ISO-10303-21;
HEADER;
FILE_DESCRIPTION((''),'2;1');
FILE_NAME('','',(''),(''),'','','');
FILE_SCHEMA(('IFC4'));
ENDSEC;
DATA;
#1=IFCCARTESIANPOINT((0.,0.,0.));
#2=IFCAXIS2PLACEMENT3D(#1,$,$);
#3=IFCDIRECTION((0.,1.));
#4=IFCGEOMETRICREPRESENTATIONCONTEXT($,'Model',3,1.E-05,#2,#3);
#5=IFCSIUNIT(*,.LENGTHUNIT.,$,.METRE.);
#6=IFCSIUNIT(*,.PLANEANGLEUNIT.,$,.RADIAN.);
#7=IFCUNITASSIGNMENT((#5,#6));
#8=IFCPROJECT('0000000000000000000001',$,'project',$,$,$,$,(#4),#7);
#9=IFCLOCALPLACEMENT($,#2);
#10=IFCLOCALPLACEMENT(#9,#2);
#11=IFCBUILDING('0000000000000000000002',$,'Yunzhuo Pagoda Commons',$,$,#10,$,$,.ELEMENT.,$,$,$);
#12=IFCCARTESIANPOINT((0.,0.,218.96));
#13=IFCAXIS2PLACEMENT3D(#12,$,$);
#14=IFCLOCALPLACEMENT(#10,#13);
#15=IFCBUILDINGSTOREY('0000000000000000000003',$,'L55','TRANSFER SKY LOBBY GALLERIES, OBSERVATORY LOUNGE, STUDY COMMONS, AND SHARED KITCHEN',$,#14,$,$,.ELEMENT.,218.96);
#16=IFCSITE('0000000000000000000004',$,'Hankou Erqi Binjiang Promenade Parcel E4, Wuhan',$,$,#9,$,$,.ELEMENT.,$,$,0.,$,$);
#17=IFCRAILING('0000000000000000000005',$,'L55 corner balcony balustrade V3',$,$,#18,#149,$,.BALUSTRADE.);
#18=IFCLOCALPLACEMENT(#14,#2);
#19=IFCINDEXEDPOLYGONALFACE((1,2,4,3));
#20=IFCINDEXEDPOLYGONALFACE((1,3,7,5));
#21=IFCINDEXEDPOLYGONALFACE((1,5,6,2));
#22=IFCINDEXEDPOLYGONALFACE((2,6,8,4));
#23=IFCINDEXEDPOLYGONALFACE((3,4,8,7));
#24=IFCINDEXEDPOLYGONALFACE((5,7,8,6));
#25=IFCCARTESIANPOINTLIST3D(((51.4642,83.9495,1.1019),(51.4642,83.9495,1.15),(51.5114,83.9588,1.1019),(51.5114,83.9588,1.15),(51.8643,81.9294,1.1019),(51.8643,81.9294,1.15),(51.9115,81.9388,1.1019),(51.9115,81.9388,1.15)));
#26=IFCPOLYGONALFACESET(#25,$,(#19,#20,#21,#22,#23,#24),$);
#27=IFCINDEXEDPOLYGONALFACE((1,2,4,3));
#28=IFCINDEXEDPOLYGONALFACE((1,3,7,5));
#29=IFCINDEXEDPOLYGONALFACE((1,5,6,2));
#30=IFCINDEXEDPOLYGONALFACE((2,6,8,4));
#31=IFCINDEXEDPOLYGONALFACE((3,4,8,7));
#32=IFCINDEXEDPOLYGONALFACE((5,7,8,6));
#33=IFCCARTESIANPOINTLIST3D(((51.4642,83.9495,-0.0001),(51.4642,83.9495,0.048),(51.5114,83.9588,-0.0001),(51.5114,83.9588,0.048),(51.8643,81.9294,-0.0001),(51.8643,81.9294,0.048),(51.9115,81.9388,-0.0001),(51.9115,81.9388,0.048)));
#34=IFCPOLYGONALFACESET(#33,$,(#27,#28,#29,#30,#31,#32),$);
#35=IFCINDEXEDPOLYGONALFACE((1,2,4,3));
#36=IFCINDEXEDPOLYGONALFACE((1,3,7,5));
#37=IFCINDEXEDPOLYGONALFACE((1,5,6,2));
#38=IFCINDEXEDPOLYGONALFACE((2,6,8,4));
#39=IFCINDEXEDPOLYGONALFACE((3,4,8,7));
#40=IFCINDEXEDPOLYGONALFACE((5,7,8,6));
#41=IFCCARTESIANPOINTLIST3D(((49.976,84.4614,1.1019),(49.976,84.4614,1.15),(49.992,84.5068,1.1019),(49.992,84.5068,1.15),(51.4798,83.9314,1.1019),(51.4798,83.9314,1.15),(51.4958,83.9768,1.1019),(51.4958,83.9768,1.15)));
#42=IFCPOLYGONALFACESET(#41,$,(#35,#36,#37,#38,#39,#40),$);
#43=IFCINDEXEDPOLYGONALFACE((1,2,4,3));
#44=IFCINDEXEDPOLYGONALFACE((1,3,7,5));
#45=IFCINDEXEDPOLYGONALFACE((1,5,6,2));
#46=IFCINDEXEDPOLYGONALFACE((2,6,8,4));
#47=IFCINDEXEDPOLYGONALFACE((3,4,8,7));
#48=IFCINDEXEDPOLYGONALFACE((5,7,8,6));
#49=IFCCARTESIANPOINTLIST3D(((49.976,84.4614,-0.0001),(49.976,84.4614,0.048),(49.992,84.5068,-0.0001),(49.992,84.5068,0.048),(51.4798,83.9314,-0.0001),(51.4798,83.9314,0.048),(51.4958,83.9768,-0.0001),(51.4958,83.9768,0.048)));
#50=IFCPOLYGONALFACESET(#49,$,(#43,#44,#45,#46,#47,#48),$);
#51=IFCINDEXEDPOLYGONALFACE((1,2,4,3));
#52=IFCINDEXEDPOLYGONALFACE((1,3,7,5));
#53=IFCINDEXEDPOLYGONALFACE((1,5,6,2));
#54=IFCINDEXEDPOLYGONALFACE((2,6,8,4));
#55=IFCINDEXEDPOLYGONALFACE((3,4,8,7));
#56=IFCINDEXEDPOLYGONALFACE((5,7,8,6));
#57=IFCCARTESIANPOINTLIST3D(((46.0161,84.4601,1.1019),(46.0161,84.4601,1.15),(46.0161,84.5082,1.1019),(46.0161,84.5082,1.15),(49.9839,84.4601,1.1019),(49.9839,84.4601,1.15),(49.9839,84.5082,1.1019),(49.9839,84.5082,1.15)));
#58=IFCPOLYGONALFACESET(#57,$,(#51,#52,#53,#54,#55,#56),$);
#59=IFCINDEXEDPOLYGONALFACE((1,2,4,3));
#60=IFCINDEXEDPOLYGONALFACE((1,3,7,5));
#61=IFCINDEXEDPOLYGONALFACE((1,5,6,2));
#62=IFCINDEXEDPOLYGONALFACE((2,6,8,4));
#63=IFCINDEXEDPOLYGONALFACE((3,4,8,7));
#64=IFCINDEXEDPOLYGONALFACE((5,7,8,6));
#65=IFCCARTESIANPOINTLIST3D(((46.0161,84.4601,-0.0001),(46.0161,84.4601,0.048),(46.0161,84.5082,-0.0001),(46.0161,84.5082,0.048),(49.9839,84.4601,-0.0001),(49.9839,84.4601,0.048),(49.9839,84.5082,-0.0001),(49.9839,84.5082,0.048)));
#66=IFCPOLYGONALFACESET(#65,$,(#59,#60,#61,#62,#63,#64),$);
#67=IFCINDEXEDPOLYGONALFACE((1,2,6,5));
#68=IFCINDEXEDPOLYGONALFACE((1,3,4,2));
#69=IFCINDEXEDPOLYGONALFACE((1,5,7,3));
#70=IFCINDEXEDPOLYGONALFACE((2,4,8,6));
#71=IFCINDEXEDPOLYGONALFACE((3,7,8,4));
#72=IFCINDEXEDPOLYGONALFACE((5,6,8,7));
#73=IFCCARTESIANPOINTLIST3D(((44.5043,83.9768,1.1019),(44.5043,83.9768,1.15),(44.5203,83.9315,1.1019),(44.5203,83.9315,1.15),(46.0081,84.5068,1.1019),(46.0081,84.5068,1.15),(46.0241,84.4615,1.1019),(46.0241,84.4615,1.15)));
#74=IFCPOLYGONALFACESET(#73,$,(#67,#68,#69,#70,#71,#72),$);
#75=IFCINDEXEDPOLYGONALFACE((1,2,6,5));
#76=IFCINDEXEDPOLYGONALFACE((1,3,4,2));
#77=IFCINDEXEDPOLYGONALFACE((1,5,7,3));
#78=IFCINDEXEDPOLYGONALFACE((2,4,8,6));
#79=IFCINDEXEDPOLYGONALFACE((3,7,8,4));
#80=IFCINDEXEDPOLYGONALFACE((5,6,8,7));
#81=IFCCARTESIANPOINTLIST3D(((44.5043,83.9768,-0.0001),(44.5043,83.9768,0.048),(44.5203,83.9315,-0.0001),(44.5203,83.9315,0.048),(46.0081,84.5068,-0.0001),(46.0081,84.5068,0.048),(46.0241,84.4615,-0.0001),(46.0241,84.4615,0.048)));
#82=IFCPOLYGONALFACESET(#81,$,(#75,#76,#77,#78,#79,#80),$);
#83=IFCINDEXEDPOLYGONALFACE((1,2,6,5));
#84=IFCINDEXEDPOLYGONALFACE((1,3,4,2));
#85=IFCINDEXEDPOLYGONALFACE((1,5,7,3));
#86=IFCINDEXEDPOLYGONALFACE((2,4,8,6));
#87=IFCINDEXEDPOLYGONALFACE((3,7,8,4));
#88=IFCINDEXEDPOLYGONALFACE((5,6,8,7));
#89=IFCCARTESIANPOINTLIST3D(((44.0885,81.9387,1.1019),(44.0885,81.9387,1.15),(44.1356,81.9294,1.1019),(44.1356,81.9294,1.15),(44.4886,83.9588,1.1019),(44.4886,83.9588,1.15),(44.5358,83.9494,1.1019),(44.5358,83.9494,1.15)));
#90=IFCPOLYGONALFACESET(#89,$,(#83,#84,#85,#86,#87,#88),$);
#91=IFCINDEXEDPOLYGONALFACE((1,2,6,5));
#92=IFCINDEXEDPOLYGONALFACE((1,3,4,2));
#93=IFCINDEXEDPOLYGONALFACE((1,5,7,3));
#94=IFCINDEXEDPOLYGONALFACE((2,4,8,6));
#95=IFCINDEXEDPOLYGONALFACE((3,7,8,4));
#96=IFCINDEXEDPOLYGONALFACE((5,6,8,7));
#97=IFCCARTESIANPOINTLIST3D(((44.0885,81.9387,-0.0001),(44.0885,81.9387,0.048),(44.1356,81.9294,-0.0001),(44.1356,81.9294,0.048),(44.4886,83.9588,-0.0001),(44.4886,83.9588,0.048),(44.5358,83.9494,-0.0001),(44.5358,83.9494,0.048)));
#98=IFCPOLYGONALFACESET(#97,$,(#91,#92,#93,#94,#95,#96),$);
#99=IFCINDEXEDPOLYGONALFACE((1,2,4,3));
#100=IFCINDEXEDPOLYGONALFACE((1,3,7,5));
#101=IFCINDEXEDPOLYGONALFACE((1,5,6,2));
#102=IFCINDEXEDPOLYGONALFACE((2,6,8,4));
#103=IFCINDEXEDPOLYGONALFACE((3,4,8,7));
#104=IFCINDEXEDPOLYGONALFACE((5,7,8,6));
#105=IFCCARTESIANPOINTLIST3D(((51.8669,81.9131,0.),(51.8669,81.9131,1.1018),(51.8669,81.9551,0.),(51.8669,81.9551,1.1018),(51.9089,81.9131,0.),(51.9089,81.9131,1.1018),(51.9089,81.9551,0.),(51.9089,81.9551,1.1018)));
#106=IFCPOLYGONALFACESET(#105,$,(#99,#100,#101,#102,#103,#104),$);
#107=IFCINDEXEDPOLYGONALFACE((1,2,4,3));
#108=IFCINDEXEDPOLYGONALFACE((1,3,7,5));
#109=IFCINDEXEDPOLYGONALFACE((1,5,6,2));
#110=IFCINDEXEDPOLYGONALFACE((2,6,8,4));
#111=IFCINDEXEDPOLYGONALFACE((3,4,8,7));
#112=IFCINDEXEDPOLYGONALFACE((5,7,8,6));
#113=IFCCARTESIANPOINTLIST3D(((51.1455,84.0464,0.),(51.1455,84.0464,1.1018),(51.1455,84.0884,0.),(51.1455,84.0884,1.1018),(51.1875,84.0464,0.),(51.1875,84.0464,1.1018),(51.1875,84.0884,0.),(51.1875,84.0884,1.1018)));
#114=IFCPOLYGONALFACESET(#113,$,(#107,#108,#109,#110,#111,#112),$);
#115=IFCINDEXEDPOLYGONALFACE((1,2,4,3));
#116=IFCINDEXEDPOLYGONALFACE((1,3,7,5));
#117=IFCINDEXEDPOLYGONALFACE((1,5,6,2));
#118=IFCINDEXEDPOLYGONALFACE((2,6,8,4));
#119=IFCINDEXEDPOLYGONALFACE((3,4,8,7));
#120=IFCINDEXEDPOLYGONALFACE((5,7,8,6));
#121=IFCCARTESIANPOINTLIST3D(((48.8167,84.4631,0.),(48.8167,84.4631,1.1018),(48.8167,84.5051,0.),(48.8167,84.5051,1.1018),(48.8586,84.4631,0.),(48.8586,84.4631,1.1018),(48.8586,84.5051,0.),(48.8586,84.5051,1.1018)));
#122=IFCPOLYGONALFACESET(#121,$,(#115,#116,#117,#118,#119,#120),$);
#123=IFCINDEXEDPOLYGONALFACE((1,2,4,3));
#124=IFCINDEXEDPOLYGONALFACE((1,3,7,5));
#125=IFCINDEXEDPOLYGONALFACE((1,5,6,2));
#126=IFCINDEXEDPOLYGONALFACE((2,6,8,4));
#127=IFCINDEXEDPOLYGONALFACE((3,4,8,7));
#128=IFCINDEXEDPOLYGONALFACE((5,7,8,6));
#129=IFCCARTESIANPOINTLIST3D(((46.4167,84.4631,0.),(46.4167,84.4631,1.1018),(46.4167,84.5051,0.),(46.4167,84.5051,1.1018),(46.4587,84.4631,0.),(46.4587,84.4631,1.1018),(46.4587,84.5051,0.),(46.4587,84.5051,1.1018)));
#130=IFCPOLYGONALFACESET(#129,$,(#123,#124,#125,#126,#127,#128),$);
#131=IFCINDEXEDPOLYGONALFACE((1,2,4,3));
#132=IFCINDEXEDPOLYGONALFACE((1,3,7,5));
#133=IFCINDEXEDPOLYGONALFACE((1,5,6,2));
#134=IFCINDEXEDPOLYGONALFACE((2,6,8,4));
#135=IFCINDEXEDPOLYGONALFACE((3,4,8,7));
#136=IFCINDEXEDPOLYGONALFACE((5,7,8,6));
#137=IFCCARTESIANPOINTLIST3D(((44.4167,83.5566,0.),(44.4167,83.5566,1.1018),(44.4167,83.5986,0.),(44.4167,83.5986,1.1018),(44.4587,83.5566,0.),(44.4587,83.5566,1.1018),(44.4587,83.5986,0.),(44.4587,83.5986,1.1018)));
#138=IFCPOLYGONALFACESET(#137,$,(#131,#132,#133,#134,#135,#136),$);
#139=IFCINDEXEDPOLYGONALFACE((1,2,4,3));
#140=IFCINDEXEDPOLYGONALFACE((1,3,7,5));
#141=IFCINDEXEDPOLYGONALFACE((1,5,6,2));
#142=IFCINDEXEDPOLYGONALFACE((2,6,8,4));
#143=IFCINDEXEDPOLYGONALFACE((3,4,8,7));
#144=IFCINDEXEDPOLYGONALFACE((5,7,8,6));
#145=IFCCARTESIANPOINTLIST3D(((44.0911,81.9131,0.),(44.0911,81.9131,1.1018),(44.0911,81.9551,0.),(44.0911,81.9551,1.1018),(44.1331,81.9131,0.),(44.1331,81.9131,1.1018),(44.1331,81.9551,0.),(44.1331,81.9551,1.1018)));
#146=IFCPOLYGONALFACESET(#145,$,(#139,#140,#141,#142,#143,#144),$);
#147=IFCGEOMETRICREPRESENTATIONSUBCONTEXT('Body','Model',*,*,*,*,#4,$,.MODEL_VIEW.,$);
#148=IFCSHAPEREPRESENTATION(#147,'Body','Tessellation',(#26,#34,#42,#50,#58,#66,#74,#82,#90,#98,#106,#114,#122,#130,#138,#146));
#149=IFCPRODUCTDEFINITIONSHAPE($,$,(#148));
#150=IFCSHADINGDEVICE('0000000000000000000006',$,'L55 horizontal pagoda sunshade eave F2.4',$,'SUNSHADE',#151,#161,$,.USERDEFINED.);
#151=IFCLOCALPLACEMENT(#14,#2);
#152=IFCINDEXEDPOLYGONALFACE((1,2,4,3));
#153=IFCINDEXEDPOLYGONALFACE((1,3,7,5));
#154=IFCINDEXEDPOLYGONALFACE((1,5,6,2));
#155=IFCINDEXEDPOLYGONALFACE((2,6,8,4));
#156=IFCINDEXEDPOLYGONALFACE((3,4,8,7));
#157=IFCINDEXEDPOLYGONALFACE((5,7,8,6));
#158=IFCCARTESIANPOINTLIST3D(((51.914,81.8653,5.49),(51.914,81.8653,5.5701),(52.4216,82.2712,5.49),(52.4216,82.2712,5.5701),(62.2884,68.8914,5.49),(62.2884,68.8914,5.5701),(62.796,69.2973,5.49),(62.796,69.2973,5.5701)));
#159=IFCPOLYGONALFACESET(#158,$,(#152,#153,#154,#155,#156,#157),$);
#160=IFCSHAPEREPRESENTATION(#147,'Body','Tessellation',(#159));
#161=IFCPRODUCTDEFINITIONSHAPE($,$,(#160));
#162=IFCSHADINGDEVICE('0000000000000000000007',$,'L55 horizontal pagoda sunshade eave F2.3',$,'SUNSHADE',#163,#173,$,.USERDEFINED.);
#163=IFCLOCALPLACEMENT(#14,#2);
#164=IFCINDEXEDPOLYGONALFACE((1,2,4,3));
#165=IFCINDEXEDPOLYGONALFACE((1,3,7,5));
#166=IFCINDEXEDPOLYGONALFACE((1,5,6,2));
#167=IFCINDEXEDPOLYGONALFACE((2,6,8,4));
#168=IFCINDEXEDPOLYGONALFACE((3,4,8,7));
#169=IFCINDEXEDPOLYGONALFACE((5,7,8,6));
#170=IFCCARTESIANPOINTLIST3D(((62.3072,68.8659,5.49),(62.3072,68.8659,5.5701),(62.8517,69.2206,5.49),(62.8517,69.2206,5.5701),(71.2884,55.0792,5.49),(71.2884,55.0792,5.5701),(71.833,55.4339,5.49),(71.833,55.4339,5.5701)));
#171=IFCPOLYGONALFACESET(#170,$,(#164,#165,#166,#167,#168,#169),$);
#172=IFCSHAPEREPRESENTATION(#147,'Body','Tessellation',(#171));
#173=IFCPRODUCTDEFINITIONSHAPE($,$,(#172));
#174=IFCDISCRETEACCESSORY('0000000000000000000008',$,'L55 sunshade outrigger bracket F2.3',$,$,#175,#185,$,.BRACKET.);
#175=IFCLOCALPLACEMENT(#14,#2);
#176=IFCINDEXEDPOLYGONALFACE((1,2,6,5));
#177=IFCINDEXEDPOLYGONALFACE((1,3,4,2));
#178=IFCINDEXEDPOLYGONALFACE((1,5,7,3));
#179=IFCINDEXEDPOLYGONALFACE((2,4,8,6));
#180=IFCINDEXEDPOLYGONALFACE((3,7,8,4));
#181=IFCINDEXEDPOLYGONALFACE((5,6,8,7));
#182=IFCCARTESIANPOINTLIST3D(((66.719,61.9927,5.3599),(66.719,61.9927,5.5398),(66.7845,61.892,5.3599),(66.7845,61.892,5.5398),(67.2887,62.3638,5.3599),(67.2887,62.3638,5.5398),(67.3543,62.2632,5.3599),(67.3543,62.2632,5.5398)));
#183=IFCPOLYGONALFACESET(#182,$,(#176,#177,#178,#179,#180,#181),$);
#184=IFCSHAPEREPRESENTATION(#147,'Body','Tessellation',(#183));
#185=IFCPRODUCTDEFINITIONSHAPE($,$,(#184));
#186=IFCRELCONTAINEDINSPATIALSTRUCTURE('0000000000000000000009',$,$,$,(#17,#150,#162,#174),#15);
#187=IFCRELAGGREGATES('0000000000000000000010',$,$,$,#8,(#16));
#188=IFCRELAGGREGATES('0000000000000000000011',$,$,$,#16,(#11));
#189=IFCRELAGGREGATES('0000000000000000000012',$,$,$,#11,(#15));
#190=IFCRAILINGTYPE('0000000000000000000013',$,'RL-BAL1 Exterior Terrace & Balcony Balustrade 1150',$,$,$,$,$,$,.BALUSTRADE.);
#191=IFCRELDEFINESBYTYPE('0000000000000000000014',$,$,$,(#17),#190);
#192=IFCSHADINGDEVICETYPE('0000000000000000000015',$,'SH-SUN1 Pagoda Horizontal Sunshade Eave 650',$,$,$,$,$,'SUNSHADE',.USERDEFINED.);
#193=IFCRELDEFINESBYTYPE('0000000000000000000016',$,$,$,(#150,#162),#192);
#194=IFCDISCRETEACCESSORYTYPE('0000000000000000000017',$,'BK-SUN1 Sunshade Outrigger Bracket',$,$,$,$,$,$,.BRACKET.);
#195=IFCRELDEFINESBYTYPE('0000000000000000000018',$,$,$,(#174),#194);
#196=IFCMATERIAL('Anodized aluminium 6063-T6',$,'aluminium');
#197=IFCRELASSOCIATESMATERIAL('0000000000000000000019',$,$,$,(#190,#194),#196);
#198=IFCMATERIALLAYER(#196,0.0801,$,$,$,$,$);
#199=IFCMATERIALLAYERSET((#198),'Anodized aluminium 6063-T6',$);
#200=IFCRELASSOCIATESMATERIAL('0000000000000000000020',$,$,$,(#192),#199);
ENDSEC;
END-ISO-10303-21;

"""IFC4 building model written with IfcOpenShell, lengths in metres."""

from ifc_helpers import new_model, si_unit, direction, frame, origin, origin_2d, place, context, subcontext, project, spatial, rectangle, extrude, source, transform, mapped, material, layer, layer_set, type_object, element, save


model = new_model("IFC4")

# Units and contexts
model_context = context("Model", 3, precision=1e-05, world=origin(), true_north=direction((0.0, 1.0)))
body_context = subcontext(model_context, "Body", "Model", "MODEL_VIEW")
ifc_project = project(units=[si_unit("LENGTHUNIT", "METRE"), si_unit("PLANEANGLEUNIT", "RADIAN")], contexts=[model_context])

# Site, building, storey
site_placement = place(None, origin())
site = spatial("IfcSite", under=ifc_project, at=site_placement, Name="Hankou Erqi Binjiang Promenade Parcel E4, Wuhan", CompositionType="ELEMENT", RefElevation=0.0)
building_placement = place(site_placement, origin())
building = spatial("IfcBuilding", under=site, at=building_placement, Name="Yunzhuo Pagoda Commons", CompositionType="ELEMENT")
storey_placement = place(building_placement, frame((0.0, 0.0, 218.96)))
storey = spatial("IfcBuildingStorey", under=building, at=storey_placement, Name="L55", Description="TRANSFER SKY LOBBY GALLERIES, OBSERVATORY LOUNGE, STUDY COMMONS, AND SHARED KITCHEN", CompositionType="ELEMENT", Elevation=218.96)

# Shared definitions
ifc_material_1 = material(Name="Anodized aluminium 6063-T6", Category="aluminium")

# Railing
railing_type_1 = type_object("IfcRailingType", Name="RL-BAL1 Exterior Terrace & Balcony Balustrade 1150", PredefinedType="BALUSTRADE", material=ifc_material_1)
railing_1_placement = place(storey_placement, frame((51.8879, 81.9341, 0.0)))
element("IfcRailing", 1, at=railing_1_placement, inside=storey, type_object=railing_type_1, Name="L55 corner balcony balustrade V3", PredefinedType="BALUSTRADE", context=body_context, shape_type="SweptSolid", body=[
    extrude(rectangle(XDim=0.0481, YDim=0.0481, at=origin_2d()), frame((0.0, 0.0, 1.126), z_axis=(-0.194315, 0.980939, 0.0), x_axis=(-0.980939, -0.194315, 0.0)), (0.0, 0.0, 1.0), 2.0593),
    extrude(rectangle(XDim=0.0481, YDim=0.0481, at=origin_2d()), frame((0.0, 0.0, 0.0239), z_axis=(-0.194315, 0.980939, 0.0), x_axis=(-0.980939, -0.194315, 0.0)), (0.0, 0.0, 1.0), 2.0593),
    extrude(rectangle(XDim=0.0481, YDim=0.0481, at=origin_2d()), frame((-0.4001, 2.02, 1.126), z_axis=(-0.94314, 0.332396, 0.0), x_axis=(-0.332396, -0.94314, 0.0)), (0.0, 0.0, 1.0), 1.5945),
    extrude(rectangle(XDim=0.0481, YDim=0.0481, at=origin_2d()), frame((-0.4001, 2.02, 0.0239), z_axis=(-0.94314, 0.332396, 0.0), x_axis=(-0.332396, -0.94314, 0.0)), (0.0, 0.0, 1.0), 1.5945),
    extrude(rectangle(XDim=0.0481, YDim=0.0481, at=origin_2d()), frame((-1.9041, 2.55, 1.126), z_axis=(-1.0, 0.0, 0.0), x_axis=(0.0, -1.0, 0.0)), (0.0, 0.0, 1.0), 3.9678),
    extrude(rectangle(XDim=0.0481, YDim=0.0481, at=origin_2d()), frame((-1.9041, 2.55, 0.0239), z_axis=(-1.0, 0.0, 0.0), x_axis=(0.0, -1.0, 0.0)), (0.0, 0.0, 1.0), 3.9678),
    extrude(rectangle(XDim=0.0481, YDim=0.0481, at=origin_2d()), frame((-5.8718, 2.55, 1.126), z_axis=(-0.94314, -0.332396, 0.0), x_axis=(0.332396, -0.94314, 0.0)), (0.0, 0.0, 1.0), 1.5945),
    extrude(rectangle(XDim=0.0481, YDim=0.0481, at=origin_2d()), frame((-5.8718, 2.55, 0.0239), z_axis=(-0.94314, -0.332396, 0.0), x_axis=(0.332396, -0.94314, 0.0)), (0.0, 0.0, 1.0), 1.5945),
    extrude(rectangle(XDim=0.0481, YDim=0.0481, at=origin_2d()), frame((-7.3757, 2.02, 1.126), z_axis=(-0.194315, -0.980939, 0.0), x_axis=(0.980939, -0.194315, 0.0)), (0.0, 0.0, 1.0), 2.0593),
    extrude(rectangle(XDim=0.0481, YDim=0.0481, at=origin_2d()), frame((-7.3757, 2.02, 0.0239), z_axis=(-0.194315, -0.980939, 0.0), x_axis=(0.980939, -0.194315, 0.0)), (0.0, 0.0, 1.0), 2.0593),
    extrude(rectangle(XDim=0.042, YDim=0.042, at=origin_2d()), origin(), (0.0, 0.0, 1.0), 1.1018),
    extrude(rectangle(XDim=0.042, YDim=0.042, at=origin_2d()), frame((-0.7214, 2.1333, 0.0)), (0.0, 0.0, 1.0), 1.1018),
    extrude(rectangle(XDim=0.042, YDim=0.042, at=origin_2d()), frame((-3.0503, 2.55, 0.0)), (0.0, 0.0, 1.0), 1.1018),
    extrude(rectangle(XDim=0.042, YDim=0.042, at=origin_2d()), frame((-5.4502, 2.55, 0.0)), (0.0, 0.0, 1.0), 1.1018),
    extrude(rectangle(XDim=0.042, YDim=0.042, at=origin_2d()), frame((-7.4502, 1.6436, 0.0)), (0.0, 0.0, 1.0), 1.1018),
    extrude(rectangle(XDim=0.042, YDim=0.042, at=origin_2d()), frame((-7.7759, 0.0, 0.0)), (0.0, 0.0, 1.0), 1.1018),
])

# Shading devices
ifc_layer_1 = layer(ifc_material_1, 0.0801)
ifc_layer_set_1 = layer_set([ifc_layer_1], Name="Anodized aluminium 6063-T6")
shading_device_type = type_object("IfcShadingDeviceType", Name="SH-SUN1 Pagoda Horizontal Sunshade Eave 650", ElementType="SUNSHADE", PredefinedType="USERDEFINED", material=ifc_layer_set_1)
shared_shape_1 = source(origin(), body_context, "Body", "SweptSolid", [
    extrude(rectangle(XDim=16.6118, YDim=0.6499, at=origin_2d()), origin(), (0.0, 0.0, 1.0), 0.0801),
])
shading_device_1_placement = place(storey_placement, frame((57.355, 75.5813, 5.49), z_axis=(0.0, 0.0, 1.0), x_axis=(-0.62452, 0.781008, 0.0)))
element("IfcShadingDevice", 2, at=shading_device_1_placement, inside=storey, type_object=shading_device_type, Name="L55 horizontal pagoda sunshade eave F2.4", ObjectType="SUNSHADE", PredefinedType="USERDEFINED", context=body_context, shape_type="MappedRepresentation", body=[
    mapped(shared_shape_1, transform((0.0, 0.0, 0.0), scale=1.0)),
])
shared_shape_2 = source(origin(), body_context, "Body", "SweptSolid", [
    extrude(rectangle(XDim=16.4541, YDim=0.6499, at=origin_2d()), origin(), (0.0, 0.0, 1.0), 0.0801),
])
shading_device_2_placement = place(storey_placement, frame((67.0701, 62.1499, 5.49), z_axis=(0.0, 0.0, 1.0), x_axis=(-0.545839, 0.83789, 0.0)))
element("IfcShadingDevice", 3, at=shading_device_2_placement, inside=storey, type_object=shading_device_type, Name="L55 horizontal pagoda sunshade eave F2.3", ObjectType="SUNSHADE", PredefinedType="USERDEFINED", context=body_context, shape_type="MappedRepresentation", body=[
    mapped(shared_shape_2, transform((0.0, 0.0, 0.0), scale=1.0)),
])

# Discrete accessory
discrete_accessory_type = type_object("IfcDiscreteAccessoryType", Name="BK-SUN1 Sunshade Outrigger Bracket", PredefinedType="BRACKET", material=ifc_material_1)
shared_shape_3 = source(origin(), body_context, "Body", "SweptSolid", [
    extrude(rectangle(XDim=0.1201, YDim=0.6799, at=origin_2d()), origin(), (0.0, 0.0, 1.0), 0.1799),
])
discrete_accessory_placement = place(storey_placement, frame((67.0366, 62.1279, 5.3599), z_axis=(0.0, 0.0, 1.0), x_axis=(-0.545839, 0.83789, 0.0)))
element("IfcDiscreteAccessory", 4, at=discrete_accessory_placement, inside=storey, type_object=discrete_accessory_type, Name="L55 sunshade outrigger bracket F2.3", PredefinedType="BRACKET", context=body_context, shape_type="MappedRepresentation", body=[
    mapped(shared_shape_3, transform((0.0, 0.0, 0.0), scale=1.0)),
])

save(model, "model.ifc")
